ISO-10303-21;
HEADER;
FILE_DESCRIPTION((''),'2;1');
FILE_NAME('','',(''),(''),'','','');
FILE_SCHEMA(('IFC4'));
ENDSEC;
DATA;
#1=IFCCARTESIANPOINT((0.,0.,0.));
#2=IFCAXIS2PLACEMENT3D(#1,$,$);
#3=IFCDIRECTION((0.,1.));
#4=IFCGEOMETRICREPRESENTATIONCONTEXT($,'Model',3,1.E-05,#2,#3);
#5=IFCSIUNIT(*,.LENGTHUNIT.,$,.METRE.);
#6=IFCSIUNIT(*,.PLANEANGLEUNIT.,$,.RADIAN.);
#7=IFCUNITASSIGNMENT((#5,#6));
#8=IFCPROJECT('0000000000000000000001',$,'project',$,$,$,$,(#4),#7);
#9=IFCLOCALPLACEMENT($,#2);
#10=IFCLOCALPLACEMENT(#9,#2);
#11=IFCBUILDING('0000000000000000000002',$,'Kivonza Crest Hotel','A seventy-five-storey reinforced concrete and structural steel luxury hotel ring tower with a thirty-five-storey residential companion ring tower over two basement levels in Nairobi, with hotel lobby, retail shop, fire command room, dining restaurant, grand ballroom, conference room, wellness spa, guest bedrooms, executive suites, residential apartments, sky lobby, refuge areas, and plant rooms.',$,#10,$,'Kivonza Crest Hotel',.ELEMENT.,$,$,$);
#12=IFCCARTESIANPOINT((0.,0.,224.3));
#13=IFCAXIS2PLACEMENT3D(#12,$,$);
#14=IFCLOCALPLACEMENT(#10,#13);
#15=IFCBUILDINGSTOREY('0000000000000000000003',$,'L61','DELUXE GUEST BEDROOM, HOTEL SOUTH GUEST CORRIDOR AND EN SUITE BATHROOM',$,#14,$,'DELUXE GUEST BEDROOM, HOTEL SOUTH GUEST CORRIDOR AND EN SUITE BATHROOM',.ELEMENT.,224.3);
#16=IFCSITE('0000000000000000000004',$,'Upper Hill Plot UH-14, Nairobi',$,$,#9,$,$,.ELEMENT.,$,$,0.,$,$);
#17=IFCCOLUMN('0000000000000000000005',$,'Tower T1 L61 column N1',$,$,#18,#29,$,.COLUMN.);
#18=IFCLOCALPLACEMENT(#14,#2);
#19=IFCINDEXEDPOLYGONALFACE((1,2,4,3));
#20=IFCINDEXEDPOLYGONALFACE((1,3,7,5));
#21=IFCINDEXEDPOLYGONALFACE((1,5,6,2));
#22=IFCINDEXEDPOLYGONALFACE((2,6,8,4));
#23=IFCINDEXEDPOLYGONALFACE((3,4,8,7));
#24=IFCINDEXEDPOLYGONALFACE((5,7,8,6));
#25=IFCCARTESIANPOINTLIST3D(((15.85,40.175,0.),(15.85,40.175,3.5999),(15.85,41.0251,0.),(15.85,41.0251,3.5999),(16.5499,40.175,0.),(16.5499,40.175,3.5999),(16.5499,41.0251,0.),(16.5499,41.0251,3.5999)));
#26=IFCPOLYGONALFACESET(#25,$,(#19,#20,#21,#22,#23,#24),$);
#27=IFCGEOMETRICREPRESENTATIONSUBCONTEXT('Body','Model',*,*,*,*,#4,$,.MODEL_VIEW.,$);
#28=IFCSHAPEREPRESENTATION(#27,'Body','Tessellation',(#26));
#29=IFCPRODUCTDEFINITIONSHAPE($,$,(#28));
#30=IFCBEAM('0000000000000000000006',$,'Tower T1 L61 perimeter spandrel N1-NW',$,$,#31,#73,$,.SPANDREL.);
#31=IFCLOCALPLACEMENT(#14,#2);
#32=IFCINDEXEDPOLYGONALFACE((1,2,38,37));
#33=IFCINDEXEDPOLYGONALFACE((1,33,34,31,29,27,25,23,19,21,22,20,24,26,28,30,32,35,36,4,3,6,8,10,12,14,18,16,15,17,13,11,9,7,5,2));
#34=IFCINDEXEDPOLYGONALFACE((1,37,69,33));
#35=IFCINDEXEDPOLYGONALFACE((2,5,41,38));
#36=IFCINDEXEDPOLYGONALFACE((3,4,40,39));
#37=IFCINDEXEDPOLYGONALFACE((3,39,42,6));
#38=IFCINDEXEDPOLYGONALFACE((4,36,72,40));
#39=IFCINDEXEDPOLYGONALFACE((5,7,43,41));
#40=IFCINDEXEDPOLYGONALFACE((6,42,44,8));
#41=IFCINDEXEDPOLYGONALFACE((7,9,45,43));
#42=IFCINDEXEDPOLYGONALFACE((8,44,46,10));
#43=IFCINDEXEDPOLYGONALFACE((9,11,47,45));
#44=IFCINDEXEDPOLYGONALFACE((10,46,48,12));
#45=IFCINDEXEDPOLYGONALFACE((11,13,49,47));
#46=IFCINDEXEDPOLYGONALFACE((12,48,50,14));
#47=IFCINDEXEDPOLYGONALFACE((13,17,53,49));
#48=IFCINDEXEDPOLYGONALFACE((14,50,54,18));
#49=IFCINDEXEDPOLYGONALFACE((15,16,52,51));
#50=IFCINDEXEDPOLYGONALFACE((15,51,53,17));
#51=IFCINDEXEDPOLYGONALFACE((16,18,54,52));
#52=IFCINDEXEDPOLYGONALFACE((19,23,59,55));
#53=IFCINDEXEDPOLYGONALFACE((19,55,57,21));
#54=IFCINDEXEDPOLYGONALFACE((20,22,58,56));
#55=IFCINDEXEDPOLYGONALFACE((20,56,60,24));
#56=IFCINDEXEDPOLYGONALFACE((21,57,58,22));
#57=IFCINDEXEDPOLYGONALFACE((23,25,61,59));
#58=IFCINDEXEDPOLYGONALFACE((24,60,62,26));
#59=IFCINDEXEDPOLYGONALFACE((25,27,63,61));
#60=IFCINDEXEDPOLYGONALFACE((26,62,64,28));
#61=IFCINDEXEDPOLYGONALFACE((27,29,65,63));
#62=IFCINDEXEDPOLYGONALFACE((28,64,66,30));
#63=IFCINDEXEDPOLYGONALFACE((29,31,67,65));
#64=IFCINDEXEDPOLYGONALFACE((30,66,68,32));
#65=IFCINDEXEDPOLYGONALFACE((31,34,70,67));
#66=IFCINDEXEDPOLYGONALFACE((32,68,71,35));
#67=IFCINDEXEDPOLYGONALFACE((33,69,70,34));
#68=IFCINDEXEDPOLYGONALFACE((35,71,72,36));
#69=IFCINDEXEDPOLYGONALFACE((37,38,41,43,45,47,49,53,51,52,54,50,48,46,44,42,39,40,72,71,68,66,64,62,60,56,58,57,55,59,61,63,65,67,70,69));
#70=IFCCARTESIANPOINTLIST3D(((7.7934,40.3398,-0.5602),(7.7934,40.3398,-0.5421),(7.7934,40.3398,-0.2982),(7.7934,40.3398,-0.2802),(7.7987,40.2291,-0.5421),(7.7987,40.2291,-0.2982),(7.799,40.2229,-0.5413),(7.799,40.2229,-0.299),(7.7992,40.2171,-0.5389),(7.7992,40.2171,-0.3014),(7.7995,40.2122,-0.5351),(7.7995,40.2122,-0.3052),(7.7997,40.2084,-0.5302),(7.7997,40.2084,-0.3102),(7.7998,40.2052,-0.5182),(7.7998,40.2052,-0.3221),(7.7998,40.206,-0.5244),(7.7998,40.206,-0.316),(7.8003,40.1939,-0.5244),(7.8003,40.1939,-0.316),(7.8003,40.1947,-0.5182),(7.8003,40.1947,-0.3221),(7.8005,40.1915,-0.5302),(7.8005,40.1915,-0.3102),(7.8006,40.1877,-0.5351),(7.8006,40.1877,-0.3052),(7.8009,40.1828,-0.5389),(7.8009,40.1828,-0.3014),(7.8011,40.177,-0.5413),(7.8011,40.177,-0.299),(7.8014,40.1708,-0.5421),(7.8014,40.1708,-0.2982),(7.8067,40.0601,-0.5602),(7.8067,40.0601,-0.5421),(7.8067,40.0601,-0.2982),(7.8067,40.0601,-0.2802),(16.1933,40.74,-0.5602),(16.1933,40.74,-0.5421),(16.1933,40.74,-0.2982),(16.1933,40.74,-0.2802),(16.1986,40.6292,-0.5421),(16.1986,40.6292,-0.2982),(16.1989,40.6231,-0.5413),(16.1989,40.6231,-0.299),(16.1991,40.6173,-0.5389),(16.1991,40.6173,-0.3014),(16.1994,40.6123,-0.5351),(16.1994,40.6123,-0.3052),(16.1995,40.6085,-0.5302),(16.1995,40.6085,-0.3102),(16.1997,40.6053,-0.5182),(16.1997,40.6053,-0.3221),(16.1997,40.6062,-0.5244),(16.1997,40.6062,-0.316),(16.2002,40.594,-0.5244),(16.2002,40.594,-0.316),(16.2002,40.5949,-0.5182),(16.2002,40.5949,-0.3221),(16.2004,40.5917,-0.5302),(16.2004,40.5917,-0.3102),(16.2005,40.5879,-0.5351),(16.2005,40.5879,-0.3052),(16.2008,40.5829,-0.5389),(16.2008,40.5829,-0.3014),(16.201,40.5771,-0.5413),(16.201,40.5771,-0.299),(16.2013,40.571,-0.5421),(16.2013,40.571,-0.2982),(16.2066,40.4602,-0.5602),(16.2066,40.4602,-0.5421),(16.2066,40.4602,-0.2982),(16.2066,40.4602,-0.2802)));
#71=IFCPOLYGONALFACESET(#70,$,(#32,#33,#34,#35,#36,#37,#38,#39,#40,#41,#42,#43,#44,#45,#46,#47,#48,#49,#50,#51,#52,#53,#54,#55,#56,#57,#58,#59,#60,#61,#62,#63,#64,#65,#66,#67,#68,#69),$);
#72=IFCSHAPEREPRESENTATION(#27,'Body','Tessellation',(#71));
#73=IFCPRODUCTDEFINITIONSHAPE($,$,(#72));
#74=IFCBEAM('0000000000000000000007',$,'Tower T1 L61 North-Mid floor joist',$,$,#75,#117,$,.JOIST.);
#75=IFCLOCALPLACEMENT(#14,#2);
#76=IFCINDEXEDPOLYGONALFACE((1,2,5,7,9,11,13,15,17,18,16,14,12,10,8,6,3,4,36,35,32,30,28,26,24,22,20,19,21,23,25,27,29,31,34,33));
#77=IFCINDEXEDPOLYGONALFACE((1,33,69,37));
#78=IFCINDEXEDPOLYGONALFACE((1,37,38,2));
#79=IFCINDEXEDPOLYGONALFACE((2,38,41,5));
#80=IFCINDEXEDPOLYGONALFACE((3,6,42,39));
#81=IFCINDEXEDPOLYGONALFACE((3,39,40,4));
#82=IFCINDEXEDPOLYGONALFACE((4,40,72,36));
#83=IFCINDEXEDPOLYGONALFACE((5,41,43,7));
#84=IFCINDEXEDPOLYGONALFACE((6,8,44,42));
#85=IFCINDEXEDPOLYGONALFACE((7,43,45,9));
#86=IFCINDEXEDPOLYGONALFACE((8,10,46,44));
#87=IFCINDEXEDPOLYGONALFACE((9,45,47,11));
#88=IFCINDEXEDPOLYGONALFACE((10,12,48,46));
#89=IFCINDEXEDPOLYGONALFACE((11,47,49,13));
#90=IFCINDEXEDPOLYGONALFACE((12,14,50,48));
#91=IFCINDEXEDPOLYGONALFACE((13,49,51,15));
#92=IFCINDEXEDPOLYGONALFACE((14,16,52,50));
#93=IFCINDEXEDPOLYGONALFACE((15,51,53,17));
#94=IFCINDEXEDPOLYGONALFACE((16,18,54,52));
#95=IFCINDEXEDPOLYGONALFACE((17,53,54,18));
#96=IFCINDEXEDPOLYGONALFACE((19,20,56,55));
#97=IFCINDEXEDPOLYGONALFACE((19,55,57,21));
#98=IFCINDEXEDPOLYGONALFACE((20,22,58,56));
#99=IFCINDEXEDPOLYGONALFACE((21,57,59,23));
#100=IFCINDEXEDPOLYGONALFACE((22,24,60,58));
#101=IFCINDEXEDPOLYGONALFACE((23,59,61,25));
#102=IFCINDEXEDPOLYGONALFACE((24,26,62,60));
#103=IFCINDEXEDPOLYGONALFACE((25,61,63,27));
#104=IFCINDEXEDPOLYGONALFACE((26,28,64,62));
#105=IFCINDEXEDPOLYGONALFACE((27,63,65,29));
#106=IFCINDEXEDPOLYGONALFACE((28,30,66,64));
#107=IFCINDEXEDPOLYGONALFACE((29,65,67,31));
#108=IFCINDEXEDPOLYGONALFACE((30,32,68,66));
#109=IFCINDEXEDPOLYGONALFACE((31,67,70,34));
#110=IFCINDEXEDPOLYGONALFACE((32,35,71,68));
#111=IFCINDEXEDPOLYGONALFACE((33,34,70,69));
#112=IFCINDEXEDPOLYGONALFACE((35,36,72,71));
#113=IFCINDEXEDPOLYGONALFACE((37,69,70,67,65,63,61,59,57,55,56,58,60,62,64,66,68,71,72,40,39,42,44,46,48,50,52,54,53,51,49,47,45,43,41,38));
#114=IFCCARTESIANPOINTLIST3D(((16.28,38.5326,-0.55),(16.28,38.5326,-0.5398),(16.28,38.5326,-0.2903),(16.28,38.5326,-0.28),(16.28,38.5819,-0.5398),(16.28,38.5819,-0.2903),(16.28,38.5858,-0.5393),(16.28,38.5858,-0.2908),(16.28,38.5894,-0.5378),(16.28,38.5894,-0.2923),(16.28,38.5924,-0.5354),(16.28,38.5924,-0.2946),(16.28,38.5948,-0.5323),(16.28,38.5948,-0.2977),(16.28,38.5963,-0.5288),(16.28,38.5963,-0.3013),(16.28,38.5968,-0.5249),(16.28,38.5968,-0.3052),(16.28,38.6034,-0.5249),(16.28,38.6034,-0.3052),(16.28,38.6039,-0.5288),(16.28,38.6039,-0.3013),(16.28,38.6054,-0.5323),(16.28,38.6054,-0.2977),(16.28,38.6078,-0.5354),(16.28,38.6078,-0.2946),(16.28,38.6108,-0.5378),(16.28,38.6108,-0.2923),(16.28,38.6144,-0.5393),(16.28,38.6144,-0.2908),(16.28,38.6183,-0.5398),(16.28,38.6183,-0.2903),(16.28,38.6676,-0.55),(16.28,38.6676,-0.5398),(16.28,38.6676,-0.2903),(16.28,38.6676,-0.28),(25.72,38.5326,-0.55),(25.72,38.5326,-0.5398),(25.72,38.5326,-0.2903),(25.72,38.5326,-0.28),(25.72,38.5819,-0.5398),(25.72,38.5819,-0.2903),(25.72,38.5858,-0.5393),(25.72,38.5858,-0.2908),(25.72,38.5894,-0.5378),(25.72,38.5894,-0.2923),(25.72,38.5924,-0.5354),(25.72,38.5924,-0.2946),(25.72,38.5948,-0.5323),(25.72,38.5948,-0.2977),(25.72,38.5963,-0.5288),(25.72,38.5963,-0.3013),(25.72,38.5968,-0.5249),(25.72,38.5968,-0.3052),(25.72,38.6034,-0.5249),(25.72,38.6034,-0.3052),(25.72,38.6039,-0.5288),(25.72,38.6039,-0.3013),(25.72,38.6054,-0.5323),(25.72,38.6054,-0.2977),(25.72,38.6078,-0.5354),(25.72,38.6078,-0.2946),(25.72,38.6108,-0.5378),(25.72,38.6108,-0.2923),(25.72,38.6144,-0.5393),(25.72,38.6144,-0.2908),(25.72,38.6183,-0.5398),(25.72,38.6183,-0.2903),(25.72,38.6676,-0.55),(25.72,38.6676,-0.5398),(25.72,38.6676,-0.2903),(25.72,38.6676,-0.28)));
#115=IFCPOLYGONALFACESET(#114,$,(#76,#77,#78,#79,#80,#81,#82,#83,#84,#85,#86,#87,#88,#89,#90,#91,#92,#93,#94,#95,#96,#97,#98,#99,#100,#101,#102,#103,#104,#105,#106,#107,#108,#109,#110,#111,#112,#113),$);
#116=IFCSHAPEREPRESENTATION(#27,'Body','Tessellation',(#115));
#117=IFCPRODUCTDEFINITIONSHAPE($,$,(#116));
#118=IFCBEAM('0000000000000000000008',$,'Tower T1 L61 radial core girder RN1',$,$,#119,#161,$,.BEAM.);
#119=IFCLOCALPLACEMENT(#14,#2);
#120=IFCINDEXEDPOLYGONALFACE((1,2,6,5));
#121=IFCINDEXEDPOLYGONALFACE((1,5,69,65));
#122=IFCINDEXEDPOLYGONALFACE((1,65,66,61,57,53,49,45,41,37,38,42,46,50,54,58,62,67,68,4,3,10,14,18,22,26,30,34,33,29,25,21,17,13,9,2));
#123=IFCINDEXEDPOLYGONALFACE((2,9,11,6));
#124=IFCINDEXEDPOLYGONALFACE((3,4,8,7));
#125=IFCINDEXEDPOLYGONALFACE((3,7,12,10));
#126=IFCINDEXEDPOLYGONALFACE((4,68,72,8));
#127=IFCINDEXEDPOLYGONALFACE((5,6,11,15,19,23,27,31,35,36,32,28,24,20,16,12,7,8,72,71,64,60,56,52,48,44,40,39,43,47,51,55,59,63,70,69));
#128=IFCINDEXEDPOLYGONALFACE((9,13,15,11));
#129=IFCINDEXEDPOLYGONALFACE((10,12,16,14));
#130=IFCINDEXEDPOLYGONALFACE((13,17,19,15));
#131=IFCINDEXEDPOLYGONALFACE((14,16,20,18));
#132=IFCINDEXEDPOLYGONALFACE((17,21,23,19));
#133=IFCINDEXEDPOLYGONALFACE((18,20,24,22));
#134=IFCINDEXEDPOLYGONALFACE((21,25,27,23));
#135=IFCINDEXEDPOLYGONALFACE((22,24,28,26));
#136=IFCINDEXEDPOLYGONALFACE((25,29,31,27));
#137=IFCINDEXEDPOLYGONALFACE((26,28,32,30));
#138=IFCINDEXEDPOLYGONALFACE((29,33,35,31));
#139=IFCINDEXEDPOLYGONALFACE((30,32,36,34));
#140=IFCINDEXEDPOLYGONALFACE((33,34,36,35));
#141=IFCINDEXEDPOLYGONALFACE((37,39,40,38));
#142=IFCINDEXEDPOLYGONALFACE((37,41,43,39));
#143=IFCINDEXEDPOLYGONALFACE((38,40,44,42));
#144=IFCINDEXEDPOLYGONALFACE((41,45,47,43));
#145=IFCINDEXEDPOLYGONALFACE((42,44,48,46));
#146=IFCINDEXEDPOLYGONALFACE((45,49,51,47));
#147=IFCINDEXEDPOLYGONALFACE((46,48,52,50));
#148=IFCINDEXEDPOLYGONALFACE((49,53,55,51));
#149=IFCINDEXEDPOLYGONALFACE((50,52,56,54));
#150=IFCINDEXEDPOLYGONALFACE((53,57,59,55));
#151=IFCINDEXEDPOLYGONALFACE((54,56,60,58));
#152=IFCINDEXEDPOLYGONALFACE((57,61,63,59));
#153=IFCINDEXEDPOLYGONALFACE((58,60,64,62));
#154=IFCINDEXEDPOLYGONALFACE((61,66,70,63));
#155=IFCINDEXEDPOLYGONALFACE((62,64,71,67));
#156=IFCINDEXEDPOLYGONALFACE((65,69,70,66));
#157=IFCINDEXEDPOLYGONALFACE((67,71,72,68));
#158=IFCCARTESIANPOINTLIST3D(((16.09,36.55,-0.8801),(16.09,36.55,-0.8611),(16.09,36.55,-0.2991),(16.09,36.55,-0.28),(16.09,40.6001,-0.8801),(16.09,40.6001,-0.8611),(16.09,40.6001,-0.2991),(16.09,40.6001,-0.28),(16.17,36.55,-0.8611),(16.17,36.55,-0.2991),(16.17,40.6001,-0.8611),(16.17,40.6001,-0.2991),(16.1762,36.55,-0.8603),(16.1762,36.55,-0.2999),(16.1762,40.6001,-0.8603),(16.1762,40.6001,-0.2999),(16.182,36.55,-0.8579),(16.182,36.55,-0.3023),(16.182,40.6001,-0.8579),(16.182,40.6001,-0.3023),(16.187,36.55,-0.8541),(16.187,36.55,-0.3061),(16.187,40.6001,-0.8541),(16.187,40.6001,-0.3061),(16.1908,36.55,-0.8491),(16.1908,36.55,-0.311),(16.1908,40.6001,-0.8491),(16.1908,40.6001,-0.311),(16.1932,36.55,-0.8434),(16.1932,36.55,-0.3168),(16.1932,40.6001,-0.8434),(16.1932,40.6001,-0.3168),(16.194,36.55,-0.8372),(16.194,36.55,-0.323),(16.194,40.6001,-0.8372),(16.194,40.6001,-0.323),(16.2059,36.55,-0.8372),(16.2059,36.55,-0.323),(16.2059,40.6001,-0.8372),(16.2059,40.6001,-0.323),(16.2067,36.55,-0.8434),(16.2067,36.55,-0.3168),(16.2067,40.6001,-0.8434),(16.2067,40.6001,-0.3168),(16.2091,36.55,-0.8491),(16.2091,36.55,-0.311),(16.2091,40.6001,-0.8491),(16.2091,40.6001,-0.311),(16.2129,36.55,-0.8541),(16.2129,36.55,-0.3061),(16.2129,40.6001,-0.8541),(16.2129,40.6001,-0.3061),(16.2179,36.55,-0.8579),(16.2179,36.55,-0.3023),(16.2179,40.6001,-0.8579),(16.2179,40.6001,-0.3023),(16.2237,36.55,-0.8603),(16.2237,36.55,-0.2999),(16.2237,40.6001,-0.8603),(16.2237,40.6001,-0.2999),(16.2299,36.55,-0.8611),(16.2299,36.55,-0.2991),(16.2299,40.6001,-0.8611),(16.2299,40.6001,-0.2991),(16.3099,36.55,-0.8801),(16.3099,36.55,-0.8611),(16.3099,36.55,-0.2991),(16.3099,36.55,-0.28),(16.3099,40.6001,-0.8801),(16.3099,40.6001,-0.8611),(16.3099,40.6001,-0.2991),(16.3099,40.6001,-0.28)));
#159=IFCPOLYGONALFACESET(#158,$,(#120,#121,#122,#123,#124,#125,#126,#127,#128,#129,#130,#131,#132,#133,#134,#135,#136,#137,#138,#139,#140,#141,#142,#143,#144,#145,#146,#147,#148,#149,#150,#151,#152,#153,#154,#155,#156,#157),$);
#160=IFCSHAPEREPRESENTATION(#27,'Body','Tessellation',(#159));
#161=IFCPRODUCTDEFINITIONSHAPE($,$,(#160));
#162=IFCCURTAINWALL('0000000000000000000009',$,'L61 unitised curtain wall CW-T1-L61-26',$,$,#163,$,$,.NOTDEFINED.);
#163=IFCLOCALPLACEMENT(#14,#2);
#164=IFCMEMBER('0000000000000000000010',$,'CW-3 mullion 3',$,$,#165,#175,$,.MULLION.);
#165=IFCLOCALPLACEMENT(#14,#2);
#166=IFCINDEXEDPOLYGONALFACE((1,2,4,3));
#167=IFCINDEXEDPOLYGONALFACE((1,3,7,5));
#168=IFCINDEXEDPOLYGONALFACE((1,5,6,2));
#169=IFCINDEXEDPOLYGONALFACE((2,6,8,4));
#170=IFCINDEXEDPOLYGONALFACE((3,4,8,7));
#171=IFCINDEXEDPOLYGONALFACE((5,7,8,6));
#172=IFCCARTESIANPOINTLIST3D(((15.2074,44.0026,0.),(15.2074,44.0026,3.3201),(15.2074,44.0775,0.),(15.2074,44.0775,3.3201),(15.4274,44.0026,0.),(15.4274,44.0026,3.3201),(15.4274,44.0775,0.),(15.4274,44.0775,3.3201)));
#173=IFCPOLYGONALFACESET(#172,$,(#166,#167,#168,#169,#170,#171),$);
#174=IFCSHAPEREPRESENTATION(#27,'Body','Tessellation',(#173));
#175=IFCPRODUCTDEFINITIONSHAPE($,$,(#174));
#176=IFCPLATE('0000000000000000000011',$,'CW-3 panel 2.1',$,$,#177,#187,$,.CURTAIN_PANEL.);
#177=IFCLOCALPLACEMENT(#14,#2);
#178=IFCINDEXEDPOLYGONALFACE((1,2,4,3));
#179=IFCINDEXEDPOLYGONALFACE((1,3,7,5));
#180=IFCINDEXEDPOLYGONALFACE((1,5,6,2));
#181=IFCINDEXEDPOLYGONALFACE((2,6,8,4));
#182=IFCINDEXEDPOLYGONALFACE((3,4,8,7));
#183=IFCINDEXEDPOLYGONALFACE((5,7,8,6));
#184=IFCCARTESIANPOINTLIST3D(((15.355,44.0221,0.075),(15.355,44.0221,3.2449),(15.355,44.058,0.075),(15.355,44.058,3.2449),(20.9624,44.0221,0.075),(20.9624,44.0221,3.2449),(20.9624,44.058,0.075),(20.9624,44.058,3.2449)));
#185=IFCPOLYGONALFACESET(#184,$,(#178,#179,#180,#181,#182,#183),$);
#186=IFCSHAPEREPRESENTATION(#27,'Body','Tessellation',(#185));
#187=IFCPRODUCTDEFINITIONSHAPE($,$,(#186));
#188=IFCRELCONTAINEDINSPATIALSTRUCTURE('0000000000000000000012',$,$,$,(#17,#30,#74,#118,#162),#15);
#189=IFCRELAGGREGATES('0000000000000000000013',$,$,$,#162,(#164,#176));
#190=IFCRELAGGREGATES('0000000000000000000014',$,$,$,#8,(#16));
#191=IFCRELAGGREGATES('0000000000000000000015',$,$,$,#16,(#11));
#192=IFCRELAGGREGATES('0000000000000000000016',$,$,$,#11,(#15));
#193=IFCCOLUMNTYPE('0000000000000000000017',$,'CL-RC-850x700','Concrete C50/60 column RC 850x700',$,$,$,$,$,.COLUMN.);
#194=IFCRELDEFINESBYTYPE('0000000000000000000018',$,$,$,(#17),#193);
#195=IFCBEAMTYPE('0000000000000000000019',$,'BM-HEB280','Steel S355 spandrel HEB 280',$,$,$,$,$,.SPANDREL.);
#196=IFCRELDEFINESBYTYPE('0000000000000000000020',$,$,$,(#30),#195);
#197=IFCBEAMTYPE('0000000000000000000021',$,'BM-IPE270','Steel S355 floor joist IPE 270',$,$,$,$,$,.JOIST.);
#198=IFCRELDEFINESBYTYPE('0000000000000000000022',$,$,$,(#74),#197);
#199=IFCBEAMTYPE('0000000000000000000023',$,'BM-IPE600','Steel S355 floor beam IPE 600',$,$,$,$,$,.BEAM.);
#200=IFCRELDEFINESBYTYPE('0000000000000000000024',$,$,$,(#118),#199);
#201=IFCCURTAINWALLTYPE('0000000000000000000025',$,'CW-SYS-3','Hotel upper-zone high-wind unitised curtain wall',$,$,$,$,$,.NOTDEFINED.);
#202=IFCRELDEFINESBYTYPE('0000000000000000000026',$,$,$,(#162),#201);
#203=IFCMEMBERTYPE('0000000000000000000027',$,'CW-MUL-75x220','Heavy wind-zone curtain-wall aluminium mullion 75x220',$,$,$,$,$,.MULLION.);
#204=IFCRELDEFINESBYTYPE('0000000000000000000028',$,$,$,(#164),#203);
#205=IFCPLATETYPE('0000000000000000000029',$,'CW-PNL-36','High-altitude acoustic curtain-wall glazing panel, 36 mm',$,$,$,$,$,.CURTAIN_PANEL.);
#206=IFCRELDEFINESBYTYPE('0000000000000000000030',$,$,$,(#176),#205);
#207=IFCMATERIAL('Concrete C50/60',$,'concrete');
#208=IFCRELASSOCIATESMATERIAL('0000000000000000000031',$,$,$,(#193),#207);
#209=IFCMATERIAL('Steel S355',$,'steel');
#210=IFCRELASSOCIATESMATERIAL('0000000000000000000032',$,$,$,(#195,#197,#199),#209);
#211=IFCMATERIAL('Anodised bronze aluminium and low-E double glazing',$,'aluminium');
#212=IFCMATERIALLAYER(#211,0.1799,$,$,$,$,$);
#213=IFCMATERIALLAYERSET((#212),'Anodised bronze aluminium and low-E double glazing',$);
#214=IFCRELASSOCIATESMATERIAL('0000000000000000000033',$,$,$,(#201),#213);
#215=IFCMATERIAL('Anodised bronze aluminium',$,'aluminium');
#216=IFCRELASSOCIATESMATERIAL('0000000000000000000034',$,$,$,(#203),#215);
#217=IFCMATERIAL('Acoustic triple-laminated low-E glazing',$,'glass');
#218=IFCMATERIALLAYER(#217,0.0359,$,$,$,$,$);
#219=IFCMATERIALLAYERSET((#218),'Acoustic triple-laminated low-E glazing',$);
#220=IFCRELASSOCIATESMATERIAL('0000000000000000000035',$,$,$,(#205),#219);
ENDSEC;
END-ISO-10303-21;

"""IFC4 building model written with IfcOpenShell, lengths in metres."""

from ifc_helpers import new_model, si_unit, direction, frame, origin, origin_2d, place, context, subcontext, project, spatial, rectangle, i_section, extrude, material, layer, layer_set, material_profile, profile_set, type_object, element, aggregate, save


model = new_model("IFC4")

# Units and contexts
model_context = context("Model", 3, precision=1e-05, world=origin(), true_north=direction((0.0, 1.0)))
body_context = subcontext(model_context, "Body", "Model", "MODEL_VIEW")
ifc_project = project(units=[si_unit("LENGTHUNIT", "METRE"), si_unit("PLANEANGLEUNIT", "RADIAN")], contexts=[model_context])

# Site, building, storey
site_placement = place(None, origin())
site = spatial("IfcSite", under=ifc_project, at=site_placement, Name="Upper Hill Plot UH-14, Nairobi", CompositionType="ELEMENT", RefElevation=0.0)
building_placement = place(site_placement, origin())
building = spatial("IfcBuilding", under=site, at=building_placement, Name="Kivonza Crest Hotel", Description="A seventy-five-storey reinforced concrete and structural steel luxury hotel ring tower with a thirty-five-storey residential companion ring tower over two basement levels in Nairobi, with hotel lobby, retail shop, fire command room, dining restaurant, grand ballroom, conference room, wellness spa, guest bedrooms, executive suites, residential apartments, sky lobby, refuge areas, and plant rooms.", LongName="Kivonza Crest Hotel", CompositionType="ELEMENT")
storey_placement = place(building_placement, frame((0.0, 0.0, 224.3)))
storey = spatial("IfcBuildingStorey", under=building, at=storey_placement, Name="L61", Description="DELUXE GUEST BEDROOM, HOTEL SOUTH GUEST CORRIDOR AND EN SUITE BATHROOM", LongName="DELUXE GUEST BEDROOM, HOTEL SOUTH GUEST CORRIDOR AND EN SUITE BATHROOM", CompositionType="ELEMENT", Elevation=224.3)

# Column
ifc_material_1 = material(Name="Concrete C50/60", Category="concrete")
ifc_material_profile_1 = material_profile(ifc_material_1, rectangle(XDim=0.7, YDim=0.8501, at=origin_2d()), Name="RC 850x700")
ifc_profile_set_1 = profile_set([ifc_material_profile_1], Name="Concrete C50/60")
column_type = type_object("IfcColumnType", Name="CL-RC-850x700", Description="Concrete C50/60 column RC 850x700", PredefinedType="COLUMN", material=ifc_profile_set_1)
column_placement = place(storey_placement, frame((16.2, 40.6001, 0.0), z_axis=(0.0, 0.0, 1.0), x_axis=(1.0, 0.0, 0.0)))
element("IfcColumn", 1, at=column_placement, inside=storey, type_object=column_type, Name="Tower T1 L61 column N1", PredefinedType="COLUMN", context=body_context, shape_type="SweptSolid", body=[
    extrude(rectangle(XDim=0.7, YDim=0.8501, at=origin_2d()), origin(), (0.0, 0.0, 1.0), 3.5999),
])

# Beams
ifc_material_2 = material(Name="Steel S355", Category="steel")
ifc_material_profile_2 = material_profile(ifc_material_2, i_section(OverallWidth=0.28, OverallDepth=0.28, WebThickness=0.0105, FlangeThickness=0.0181, FilletRadius=0.0239, at=origin_2d()), Name="HEB 280")
ifc_profile_set_2 = profile_set([ifc_material_profile_2], Name="Steel S355")
beam_type_1 = type_object("IfcBeamType", Name="BM-HEB280", Description="Steel S355 spandrel HEB 280", PredefinedType="SPANDREL", material=ifc_profile_set_2)
beam_1_placement = place(storey_placement, frame((16.2, 40.6001, -0.4202), z_axis=(-0.998867, -0.047583, 0.0), x_axis=(0.047583, -0.998867, 0.0)))
element("IfcBeam", 2, at=beam_1_placement, inside=storey, type_object=beam_type_1, Name="Tower T1 L61 perimeter spandrel N1-NW", PredefinedType="SPANDREL", context=body_context, shape_type="SweptSolid", body=[
    extrude(i_section(OverallWidth=0.28, OverallDepth=0.28, WebThickness=0.0105, FlangeThickness=0.0181, FilletRadius=0.0239, at=origin_2d()), origin(), (0.0, 0.0, 1.0), 8.4094),
])
ifc_material_profile_3 = material_profile(ifc_material_2, i_section(OverallWidth=0.135, OverallDepth=0.27, WebThickness=0.0066, FlangeThickness=0.0103, FilletRadius=0.0149, at=origin_2d()), Name="IPE 270")
ifc_profile_set_3 = profile_set([ifc_material_profile_3], Name="Steel S355")
beam_type_2 = type_object("IfcBeamType", Name="BM-IPE270", Description="Steel S355 floor joist IPE 270", PredefinedType="JOIST", material=ifc_profile_set_3)
beam_2_placement = place(storey_placement, frame((16.28, 38.6001, -0.415), z_axis=(1.0, 0.0, 0.0), x_axis=(0.0, 1.0, 0.0)))
element("IfcBeam", 3, at=beam_2_placement, inside=storey, type_object=beam_type_2, Name="Tower T1 L61 North-Mid floor joist", PredefinedType="JOIST", context=body_context, shape_type="SweptSolid", body=[
    extrude(i_section(OverallWidth=0.135, OverallDepth=0.27, WebThickness=0.0066, FlangeThickness=0.0103, FilletRadius=0.0149, at=origin_2d()), origin(), (0.0, 0.0, 1.0), 9.4399),
])
ifc_material_profile_4 = material_profile(ifc_material_2, i_section(OverallWidth=0.22, OverallDepth=0.6001, WebThickness=0.012, FlangeThickness=0.019, FilletRadius=0.0239, at=origin_2d()), Name="IPE 600")
ifc_profile_set_4 = profile_set([ifc_material_profile_4], Name="Steel S355")
beam_type_3 = type_object("IfcBeamType", Name="BM-IPE600", Description="Steel S355 floor beam IPE 600", PredefinedType="BEAM", material=ifc_profile_set_4)
beam_3_placement = place(storey_placement, frame((16.2, 40.6001, -0.5801), z_axis=(0.0, -1.0, 0.0), x_axis=(1.0, 0.0, 0.0)))
element("IfcBeam", 4, at=beam_3_placement, inside=storey, type_object=beam_type_3, Name="Tower T1 L61 radial core girder RN1", PredefinedType="BEAM", context=body_context, shape_type="SweptSolid", body=[
    extrude(i_section(OverallWidth=0.22, OverallDepth=0.6001, WebThickness=0.012, FlangeThickness=0.019, FilletRadius=0.0239, at=origin_2d()), origin(), (0.0, 0.0, 1.0), 4.05),
])

# Curtain wall, member, plate
ifc_material_3 = material(Name="Anodised bronze aluminium and low-E double glazing", Category="aluminium")
ifc_layer_1 = layer(ifc_material_3, 0.1799)
ifc_layer_set_1 = layer_set([ifc_layer_1], Name="Anodised bronze aluminium and low-E double glazing")
curtain_wall_type = type_object("IfcCurtainWallType", Name="CW-SYS-3", Description="Hotel upper-zone high-wind unitised curtain wall", PredefinedType="NOTDEFINED", material=ifc_layer_set_1)
curtain_wall_placement = place(storey_placement, origin())
curtain_wall = element("IfcCurtainWall", 5, at=curtain_wall_placement, inside=storey, type_object=curtain_wall_type, Name="L61 unitised curtain wall CW-T1-L61-26", PredefinedType="NOTDEFINED")
ifc_material_4 = material(Name="Anodised bronze aluminium", Category="aluminium")
ifc_material_profile_5 = material_profile(ifc_material_4, rectangle(XDim=0.075, YDim=0.22, at=origin_2d()), Name="CW-M 75x220")
ifc_profile_set_5 = profile_set([ifc_material_profile_5], Name="Anodised bronze aluminium")
member_type = type_object("IfcMemberType", Name="CW-MUL-75x220", Description="Heavy wind-zone curtain-wall aluminium mullion 75x220", PredefinedType="MULLION", material=ifc_profile_set_5)
member_placement = place(storey_placement, frame((15.3174, 44.04, 0.0), z_axis=(0.0, 0.0, 1.0), x_axis=(0.0, -1.0, 0.0)))
member = element("IfcMember", 6, at=member_placement, type_object=member_type, Name="CW-3 mullion 3", PredefinedType="MULLION", context=body_context, shape_type="SweptSolid", body=[
    extrude(rectangle(XDim=0.075, YDim=0.22, at=origin_2d()), origin(), (0.0, 0.0, 1.0), 3.3201),
])
ifc_material_5 = material(Name="Acoustic triple-laminated low-E glazing", Category="glass")
ifc_layer_2 = layer(ifc_material_5, 0.0359)
ifc_layer_set_2 = layer_set([ifc_layer_2], Name="Acoustic triple-laminated low-E glazing")
plate_type = type_object("IfcPlateType", Name="CW-PNL-36", Description="High-altitude acoustic curtain-wall glazing panel, 36 mm", PredefinedType="CURTAIN_PANEL", material=ifc_layer_set_2)
plate_placement = place(storey_placement, frame((18.1587, 44.04, 0.075), z_axis=(0.0, 0.0, 1.0), x_axis=(-1.0, 0.0, 0.0)))
plate = element("IfcPlate", 7, at=plate_placement, type_object=plate_type, Name="CW-3 panel 2.1", PredefinedType="CURTAIN_PANEL", context=body_context, shape_type="SweptSolid", body=[
    extrude(rectangle(XDim=5.6074, YDim=0.0359, at=origin_2d()), origin(), (0.0, 0.0, 1.0), 3.1699),
])
aggregate(curtain_wall, [member, plate])

save(model, "model.ifc")
